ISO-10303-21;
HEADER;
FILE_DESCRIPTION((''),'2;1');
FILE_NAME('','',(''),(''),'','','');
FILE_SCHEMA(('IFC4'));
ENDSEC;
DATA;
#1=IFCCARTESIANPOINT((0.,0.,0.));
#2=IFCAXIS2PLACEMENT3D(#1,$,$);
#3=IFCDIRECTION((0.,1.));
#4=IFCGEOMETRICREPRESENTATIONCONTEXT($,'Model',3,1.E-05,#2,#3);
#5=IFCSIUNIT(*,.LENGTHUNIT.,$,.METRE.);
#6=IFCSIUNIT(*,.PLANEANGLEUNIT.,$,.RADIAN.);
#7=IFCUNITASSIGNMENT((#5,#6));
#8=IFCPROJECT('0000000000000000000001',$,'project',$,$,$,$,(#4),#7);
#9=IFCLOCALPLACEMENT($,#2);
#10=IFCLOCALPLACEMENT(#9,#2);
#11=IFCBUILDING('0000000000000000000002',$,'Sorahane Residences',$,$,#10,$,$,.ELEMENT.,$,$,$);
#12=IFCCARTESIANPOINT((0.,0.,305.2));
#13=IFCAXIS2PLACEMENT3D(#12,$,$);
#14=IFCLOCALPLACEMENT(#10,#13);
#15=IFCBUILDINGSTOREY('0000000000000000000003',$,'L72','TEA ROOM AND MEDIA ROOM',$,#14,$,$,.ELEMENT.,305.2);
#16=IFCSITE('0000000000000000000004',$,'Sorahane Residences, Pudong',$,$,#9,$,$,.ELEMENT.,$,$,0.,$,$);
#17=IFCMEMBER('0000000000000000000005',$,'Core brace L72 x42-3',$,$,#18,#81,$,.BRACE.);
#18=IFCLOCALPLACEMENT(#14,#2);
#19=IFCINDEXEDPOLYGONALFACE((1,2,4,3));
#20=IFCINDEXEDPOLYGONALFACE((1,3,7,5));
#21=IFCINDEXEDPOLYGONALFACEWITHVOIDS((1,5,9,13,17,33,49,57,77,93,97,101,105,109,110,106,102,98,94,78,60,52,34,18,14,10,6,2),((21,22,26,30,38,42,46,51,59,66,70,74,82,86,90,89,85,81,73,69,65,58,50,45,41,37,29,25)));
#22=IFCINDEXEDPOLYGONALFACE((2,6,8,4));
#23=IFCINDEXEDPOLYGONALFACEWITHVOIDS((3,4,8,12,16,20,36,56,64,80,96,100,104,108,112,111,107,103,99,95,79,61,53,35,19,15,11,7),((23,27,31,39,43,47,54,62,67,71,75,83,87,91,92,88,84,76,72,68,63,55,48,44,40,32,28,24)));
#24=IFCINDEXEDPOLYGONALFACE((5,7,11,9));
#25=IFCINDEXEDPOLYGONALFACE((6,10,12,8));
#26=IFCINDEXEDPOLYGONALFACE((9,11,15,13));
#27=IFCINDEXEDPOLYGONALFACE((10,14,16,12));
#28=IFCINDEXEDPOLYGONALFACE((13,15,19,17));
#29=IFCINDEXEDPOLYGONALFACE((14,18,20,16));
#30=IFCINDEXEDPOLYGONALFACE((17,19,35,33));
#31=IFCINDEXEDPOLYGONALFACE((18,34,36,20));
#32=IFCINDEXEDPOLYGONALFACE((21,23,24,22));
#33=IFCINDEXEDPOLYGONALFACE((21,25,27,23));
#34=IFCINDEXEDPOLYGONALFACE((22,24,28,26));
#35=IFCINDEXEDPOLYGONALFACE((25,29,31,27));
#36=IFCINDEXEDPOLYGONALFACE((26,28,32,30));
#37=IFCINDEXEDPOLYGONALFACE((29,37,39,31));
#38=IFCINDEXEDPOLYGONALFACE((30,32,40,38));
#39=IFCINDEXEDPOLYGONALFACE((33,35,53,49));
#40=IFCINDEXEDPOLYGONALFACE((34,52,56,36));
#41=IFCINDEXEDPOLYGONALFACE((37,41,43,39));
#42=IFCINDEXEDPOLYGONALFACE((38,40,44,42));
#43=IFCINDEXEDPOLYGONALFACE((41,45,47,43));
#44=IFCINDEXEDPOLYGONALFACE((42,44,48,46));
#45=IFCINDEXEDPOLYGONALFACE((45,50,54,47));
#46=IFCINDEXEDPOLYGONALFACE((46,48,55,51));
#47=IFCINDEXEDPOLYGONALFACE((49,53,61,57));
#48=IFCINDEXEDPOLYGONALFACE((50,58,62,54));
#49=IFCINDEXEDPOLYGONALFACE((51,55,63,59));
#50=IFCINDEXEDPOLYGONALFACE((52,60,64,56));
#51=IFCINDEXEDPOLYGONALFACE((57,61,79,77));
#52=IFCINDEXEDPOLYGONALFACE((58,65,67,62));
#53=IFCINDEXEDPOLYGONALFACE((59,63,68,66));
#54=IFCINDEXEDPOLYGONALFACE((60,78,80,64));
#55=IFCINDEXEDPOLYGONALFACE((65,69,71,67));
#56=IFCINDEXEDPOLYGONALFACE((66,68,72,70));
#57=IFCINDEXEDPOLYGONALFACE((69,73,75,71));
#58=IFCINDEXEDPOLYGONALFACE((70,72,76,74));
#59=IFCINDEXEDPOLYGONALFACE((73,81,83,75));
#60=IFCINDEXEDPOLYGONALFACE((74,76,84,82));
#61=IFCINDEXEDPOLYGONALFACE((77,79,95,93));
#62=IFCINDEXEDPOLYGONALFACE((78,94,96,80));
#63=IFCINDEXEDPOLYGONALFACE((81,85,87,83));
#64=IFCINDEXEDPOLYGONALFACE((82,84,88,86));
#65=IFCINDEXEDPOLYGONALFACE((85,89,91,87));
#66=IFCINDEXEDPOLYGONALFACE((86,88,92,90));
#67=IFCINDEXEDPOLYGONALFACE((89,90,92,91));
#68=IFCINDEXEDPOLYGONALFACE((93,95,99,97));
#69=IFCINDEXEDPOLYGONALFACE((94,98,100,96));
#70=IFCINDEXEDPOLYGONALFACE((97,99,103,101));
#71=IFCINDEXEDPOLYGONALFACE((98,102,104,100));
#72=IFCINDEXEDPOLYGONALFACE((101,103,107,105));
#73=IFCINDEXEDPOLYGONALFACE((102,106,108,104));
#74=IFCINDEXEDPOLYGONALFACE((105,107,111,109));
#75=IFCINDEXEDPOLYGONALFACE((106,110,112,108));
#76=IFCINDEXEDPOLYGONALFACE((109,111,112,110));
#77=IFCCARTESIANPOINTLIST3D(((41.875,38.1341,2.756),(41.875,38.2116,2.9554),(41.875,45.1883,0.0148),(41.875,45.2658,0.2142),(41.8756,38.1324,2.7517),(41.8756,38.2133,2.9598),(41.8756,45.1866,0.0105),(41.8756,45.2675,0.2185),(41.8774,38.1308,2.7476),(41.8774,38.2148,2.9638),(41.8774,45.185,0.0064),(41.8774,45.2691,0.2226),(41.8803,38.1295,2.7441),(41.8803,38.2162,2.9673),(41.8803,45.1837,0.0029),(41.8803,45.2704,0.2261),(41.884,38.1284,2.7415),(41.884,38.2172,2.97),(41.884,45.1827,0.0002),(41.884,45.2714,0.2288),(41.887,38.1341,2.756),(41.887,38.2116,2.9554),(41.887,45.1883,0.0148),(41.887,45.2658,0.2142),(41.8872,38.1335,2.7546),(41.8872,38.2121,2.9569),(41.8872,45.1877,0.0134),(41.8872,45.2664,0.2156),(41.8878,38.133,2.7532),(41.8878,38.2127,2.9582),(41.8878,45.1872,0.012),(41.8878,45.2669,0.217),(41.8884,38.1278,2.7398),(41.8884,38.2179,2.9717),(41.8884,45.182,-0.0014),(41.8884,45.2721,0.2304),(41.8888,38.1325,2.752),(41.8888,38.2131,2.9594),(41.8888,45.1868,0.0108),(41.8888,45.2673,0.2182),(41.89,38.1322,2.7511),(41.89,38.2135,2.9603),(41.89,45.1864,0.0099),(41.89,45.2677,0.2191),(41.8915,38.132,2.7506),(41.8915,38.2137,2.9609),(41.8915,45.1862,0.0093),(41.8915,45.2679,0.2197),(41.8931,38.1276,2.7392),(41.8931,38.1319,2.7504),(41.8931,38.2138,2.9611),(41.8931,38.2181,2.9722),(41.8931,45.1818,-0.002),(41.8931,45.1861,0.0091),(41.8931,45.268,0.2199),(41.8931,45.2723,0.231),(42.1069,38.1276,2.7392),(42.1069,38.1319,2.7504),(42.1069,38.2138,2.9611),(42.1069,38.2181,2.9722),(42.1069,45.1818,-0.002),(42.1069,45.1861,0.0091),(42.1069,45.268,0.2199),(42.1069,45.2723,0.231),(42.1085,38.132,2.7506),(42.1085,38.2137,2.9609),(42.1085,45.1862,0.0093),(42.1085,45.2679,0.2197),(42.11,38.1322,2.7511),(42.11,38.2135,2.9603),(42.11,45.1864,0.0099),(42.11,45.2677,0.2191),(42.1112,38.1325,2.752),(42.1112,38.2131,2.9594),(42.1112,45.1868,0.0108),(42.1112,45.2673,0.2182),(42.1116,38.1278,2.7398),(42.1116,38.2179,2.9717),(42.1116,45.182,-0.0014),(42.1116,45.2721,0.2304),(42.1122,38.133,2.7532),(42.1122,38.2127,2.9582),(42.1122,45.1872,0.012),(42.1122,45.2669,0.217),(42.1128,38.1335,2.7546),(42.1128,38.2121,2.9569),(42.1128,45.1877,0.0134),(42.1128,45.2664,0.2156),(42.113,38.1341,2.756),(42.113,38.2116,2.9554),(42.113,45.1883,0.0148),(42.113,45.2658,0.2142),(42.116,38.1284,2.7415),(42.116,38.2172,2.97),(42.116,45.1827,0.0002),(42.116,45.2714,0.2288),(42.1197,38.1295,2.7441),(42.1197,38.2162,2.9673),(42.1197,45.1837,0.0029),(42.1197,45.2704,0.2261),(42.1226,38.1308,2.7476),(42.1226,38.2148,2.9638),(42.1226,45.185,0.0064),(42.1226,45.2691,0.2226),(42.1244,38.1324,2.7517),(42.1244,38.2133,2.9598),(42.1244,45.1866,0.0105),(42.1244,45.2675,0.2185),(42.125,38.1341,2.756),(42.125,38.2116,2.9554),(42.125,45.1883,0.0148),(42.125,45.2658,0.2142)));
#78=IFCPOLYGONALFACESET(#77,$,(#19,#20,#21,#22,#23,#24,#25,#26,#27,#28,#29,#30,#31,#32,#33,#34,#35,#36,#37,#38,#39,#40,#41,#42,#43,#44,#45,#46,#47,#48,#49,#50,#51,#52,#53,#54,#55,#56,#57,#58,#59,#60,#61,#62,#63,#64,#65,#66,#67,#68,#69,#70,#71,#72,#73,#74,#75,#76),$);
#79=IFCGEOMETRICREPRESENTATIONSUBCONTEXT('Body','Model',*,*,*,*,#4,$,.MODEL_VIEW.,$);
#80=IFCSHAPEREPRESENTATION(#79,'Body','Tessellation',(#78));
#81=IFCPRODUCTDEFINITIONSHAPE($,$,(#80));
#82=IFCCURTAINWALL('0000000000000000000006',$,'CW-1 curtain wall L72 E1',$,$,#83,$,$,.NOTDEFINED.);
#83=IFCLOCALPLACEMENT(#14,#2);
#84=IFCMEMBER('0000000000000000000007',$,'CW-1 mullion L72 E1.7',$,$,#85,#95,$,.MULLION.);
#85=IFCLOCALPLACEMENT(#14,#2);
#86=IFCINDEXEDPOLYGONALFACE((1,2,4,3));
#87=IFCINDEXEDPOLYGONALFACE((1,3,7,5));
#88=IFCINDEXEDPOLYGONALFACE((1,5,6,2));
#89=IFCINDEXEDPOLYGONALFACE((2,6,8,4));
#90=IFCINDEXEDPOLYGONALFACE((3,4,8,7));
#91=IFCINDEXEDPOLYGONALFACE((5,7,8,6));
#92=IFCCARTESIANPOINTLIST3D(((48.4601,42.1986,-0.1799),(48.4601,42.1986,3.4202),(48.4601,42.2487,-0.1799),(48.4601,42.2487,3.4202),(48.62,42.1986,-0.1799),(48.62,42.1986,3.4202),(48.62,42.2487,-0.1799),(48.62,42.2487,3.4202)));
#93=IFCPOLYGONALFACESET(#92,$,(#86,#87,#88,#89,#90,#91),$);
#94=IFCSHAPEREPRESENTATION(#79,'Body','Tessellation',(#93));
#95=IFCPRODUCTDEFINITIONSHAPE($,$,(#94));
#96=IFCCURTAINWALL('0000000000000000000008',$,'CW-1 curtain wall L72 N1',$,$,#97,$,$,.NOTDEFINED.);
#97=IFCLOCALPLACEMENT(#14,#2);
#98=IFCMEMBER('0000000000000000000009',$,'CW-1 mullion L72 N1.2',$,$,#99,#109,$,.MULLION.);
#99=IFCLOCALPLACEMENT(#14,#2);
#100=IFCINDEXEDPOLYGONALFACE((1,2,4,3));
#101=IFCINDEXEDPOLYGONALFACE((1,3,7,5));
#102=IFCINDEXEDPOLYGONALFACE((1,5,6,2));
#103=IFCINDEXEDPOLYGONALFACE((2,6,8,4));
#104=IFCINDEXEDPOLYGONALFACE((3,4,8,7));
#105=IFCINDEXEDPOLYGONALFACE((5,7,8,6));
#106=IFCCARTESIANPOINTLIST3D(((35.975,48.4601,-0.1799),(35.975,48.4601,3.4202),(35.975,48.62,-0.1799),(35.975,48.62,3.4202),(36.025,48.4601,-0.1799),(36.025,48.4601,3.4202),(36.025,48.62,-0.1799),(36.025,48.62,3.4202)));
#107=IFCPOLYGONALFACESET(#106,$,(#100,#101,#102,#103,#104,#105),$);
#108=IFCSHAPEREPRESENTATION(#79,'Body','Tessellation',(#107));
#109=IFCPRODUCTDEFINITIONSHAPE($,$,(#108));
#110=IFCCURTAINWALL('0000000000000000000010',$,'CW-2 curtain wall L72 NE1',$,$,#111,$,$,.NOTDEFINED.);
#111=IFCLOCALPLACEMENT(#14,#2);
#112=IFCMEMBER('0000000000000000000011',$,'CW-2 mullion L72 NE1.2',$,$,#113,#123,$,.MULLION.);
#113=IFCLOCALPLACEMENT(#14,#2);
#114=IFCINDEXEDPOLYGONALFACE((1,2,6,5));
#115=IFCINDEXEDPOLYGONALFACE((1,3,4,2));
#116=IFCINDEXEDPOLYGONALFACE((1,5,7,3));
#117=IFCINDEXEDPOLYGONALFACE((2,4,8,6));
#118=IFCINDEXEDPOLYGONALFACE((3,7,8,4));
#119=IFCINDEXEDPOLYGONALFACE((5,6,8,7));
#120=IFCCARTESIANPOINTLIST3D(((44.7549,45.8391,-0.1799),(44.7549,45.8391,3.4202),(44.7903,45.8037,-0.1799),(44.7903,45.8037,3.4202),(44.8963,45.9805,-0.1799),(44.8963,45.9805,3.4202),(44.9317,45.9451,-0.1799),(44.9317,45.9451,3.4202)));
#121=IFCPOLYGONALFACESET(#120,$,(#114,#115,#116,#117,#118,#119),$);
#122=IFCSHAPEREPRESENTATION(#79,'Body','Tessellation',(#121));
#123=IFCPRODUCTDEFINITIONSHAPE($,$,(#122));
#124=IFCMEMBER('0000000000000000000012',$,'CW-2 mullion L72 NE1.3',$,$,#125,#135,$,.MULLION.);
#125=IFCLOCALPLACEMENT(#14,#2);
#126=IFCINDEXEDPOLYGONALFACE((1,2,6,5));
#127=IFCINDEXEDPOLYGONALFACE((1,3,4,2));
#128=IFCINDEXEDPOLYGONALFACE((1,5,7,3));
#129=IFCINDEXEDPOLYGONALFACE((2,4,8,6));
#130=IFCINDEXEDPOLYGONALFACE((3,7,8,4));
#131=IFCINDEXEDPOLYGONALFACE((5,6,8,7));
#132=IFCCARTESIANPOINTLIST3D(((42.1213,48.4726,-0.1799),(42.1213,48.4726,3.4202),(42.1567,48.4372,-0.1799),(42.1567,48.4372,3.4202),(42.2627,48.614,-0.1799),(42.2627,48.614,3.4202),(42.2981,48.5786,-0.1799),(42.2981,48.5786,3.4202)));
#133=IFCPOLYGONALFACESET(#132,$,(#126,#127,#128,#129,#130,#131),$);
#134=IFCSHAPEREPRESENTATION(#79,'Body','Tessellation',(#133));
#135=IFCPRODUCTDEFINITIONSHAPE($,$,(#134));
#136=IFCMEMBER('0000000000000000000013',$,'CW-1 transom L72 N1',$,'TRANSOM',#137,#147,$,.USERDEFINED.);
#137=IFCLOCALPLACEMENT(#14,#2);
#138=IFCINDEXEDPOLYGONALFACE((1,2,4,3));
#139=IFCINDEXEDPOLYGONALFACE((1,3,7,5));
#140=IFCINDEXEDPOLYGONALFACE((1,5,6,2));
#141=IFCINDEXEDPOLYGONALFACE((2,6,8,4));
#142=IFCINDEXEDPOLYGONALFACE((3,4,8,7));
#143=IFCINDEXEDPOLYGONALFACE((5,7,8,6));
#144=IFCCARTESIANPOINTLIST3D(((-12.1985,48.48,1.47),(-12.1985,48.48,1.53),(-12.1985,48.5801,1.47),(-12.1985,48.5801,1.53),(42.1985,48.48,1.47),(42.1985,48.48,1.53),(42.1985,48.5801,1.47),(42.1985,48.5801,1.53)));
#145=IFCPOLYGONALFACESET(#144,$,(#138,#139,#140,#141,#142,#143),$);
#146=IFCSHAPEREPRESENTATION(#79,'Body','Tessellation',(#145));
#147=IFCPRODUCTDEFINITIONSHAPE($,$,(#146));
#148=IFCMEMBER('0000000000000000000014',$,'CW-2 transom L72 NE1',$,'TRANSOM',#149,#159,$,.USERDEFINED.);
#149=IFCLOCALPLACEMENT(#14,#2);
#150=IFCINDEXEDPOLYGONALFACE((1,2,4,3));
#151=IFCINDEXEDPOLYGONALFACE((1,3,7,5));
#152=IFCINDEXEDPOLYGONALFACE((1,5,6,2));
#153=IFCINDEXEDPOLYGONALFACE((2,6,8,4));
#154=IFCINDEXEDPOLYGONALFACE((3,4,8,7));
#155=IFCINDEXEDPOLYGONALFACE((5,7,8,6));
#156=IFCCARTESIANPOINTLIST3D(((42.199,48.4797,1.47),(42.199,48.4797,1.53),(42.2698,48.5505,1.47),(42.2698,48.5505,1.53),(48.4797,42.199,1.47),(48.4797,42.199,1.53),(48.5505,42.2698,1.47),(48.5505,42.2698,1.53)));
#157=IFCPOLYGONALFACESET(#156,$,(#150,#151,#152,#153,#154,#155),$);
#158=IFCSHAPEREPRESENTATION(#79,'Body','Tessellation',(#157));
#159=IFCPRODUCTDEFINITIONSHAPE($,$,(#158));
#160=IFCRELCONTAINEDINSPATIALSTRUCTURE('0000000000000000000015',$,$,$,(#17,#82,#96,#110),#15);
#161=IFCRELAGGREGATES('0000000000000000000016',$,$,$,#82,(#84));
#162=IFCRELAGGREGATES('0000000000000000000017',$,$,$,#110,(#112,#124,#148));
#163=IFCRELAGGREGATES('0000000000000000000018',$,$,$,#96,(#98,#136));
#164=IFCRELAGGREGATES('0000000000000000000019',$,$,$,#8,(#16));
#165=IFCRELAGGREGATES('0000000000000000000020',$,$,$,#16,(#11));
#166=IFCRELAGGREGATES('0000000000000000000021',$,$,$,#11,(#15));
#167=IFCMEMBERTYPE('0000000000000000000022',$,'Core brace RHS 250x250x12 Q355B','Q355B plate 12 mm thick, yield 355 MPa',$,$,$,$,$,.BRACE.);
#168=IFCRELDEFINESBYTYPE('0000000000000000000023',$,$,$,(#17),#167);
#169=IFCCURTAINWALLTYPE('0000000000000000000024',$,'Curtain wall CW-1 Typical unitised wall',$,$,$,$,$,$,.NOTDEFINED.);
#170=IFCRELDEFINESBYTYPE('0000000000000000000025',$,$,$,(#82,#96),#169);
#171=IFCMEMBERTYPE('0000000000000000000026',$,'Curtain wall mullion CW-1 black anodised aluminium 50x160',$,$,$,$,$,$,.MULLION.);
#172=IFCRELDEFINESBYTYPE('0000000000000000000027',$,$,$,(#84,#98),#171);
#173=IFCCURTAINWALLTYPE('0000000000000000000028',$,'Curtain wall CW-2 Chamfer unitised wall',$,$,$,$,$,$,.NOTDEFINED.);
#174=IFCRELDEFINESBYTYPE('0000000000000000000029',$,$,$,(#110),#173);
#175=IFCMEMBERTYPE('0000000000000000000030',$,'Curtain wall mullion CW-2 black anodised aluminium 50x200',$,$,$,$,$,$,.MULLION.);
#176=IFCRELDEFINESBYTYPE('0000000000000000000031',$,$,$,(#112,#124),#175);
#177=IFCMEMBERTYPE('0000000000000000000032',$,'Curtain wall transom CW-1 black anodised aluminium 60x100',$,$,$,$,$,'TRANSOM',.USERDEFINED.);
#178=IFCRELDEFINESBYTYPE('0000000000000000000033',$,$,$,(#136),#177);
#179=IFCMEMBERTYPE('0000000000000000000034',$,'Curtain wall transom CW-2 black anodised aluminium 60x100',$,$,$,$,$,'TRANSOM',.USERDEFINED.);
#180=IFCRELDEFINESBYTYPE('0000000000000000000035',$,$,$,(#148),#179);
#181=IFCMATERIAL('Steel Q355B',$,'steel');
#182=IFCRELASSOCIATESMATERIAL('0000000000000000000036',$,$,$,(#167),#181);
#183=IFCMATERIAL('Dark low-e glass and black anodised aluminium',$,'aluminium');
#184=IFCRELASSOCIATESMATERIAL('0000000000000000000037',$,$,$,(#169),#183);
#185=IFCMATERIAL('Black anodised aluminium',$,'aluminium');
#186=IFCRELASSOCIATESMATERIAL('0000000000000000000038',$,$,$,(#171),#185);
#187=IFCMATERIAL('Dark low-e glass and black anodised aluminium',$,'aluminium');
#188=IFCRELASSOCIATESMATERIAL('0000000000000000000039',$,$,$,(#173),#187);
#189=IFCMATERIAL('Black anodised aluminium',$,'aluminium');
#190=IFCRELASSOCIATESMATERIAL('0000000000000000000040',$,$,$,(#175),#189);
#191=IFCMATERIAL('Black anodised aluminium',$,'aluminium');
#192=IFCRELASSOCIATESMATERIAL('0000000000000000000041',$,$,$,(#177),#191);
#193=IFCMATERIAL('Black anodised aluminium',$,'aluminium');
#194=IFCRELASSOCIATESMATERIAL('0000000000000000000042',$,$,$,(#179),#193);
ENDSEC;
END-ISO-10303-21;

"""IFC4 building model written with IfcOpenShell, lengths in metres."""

from ifc_helpers import new_model, si_unit, direction, frame, origin, origin_2d, place, context, subcontext, project, spatial, rectangle, hollow_rectangle, extrude, material, material_profile, profile_set, type_object, element, aggregate, save


model = new_model("IFC4")

# Units and contexts
model_context = context("Model", 3, precision=1e-05, world=origin(), true_north=direction((0.0, 1.0)))
body_context = subcontext(model_context, "Body", "Model", "MODEL_VIEW")
ifc_project = project(units=[si_unit("LENGTHUNIT", "METRE"), si_unit("PLANEANGLEUNIT", "RADIAN")], contexts=[model_context])

# Site, building, storey
site_placement = place(None, origin())
site = spatial("IfcSite", under=ifc_project, at=site_placement, Name="Sorahane Residences, Pudong", CompositionType="ELEMENT", RefElevation=0.0)
building_placement = place(site_placement, origin())
building = spatial("IfcBuilding", under=site, at=building_placement, Name="Sorahane Residences", CompositionType="ELEMENT")
storey_placement = place(building_placement, frame((0.0, 0.0, 305.2)))
storey = spatial("IfcBuildingStorey", under=building, at=storey_placement, Name="L72", Description="TEA ROOM AND MEDIA ROOM", CompositionType="ELEMENT", Elevation=305.2)

# Member
ifc_material_1 = material(Name="Steel Q355B", Category="steel")
ifc_material_profile_1 = material_profile(ifc_material_1, hollow_rectangle(XDim=0.25, YDim=0.25, WallThickness=0.012, InnerFilletRadius=0.0061, OuterFilletRadius=0.0181, at=origin_2d()), Name="RHS 250x250x12")
ifc_profile_set_1 = profile_set([ifc_material_profile_1], Name="Steel Q355B")
member_type_1 = type_object("IfcMemberType", Name="Core brace RHS 250x250x12 Q355B", Description="Q355B plate 12 mm thick, yield 355 MPa", PredefinedType="BRACE", material=ifc_profile_set_1)
member_1_placement = place(storey_placement, frame((42.0, 45.2271, 0.1145), z_axis=(0.0, -0.932098, 0.362207), x_axis=(1.0, 0.0, 0.0)))
element("IfcMember", 1, at=member_1_placement, inside=storey, type_object=member_type_1, Name="Core brace L72 x42-3", PredefinedType="BRACE", context=body_context, shape_type="SweptSolid", body=[
    extrude(hollow_rectangle(XDim=0.25, YDim=0.25, WallThickness=0.012, InnerFilletRadius=0.0061, OuterFilletRadius=0.0181, at=origin_2d()), origin(), (0.0, 0.0, 1.0), 7.5681),
])

# Curtain walls, members
ifc_material_2 = material(Name="Dark low-e glass and black anodised aluminium", Category="aluminium")
curtain_wall_type_1 = type_object("IfcCurtainWallType", Name="Curtain wall CW-1 Typical unitised wall", PredefinedType="NOTDEFINED", material=ifc_material_2)
curtain_wall_1_placement = place(storey_placement, origin())
curtain_wall_1 = element("IfcCurtainWall", 2, at=curtain_wall_1_placement, inside=storey, type_object=curtain_wall_type_1, Name="CW-1 curtain wall L72 E1", PredefinedType="NOTDEFINED")
ifc_material_3 = material(Name="Black anodised aluminium", Category="aluminium")
ifc_material_profile_2 = material_profile(ifc_material_3, rectangle(XDim=0.1599, YDim=0.05, at=origin_2d()), Name="Curtain wall mullion CW-1 black anodised aluminium 50x160")
ifc_profile_set_2 = profile_set([ifc_material_profile_2], Name="Black anodised aluminium")
member_type_2 = type_object("IfcMemberType", Name="Curtain wall mullion CW-1 black anodised aluminium 50x160", PredefinedType="MULLION", material=ifc_profile_set_2)
member_2_placement = place(storey_placement, frame((48.54, 42.2236, -0.1799), z_axis=(0.0, 0.0, 1.0), x_axis=(1.0, 0.0, 0.0)))
member_2 = element("IfcMember", 3, at=member_2_placement, type_object=member_type_2, Name="CW-1 mullion L72 E1.7", PredefinedType="MULLION", context=body_context, shape_type="SweptSolid", body=[
    extrude(rectangle(XDim=0.1599, YDim=0.05, at=origin_2d()), origin(), (0.0, 0.0, 1.0), 3.6001),
])
aggregate(curtain_wall_1, [member_2])
curtain_wall_2_placement = place(storey_placement, origin())
curtain_wall_2 = element("IfcCurtainWall", 4, at=curtain_wall_2_placement, inside=storey, type_object=curtain_wall_type_1, Name="CW-1 curtain wall L72 N1", PredefinedType="NOTDEFINED")
member_3_placement = place(storey_placement, frame((36.0, 48.54, -0.1799), z_axis=(0.0, 0.0, 1.0), x_axis=(0.0, 1.0, 0.0)))
member_3 = element("IfcMember", 5, at=member_3_placement, type_object=member_type_2, Name="CW-1 mullion L72 N1.2", PredefinedType="MULLION", context=body_context, shape_type="SweptSolid", body=[
    extrude(rectangle(XDim=0.1599, YDim=0.05, at=origin_2d()), origin(), (0.0, 0.0, 1.0), 3.6001),
])

# Curtain wall, members
ifc_material_4 = material(Name="Dark low-e glass and black anodised aluminium", Category="aluminium")
curtain_wall_type_2 = type_object("IfcCurtainWallType", Name="Curtain wall CW-2 Chamfer unitised wall", PredefinedType="NOTDEFINED", material=ifc_material_4)
curtain_wall_3_placement = place(storey_placement, origin())
curtain_wall_3 = element("IfcCurtainWall", 6, at=curtain_wall_3_placement, inside=storey, type_object=curtain_wall_type_2, Name="CW-2 curtain wall L72 NE1", PredefinedType="NOTDEFINED")
ifc_material_5 = material(Name="Black anodised aluminium", Category="aluminium")
ifc_material_profile_3 = material_profile(ifc_material_5, rectangle(XDim=0.2, YDim=0.05, at=origin_2d()), Name="Curtain wall mullion CW-2 black anodised aluminium 50x200")
ifc_profile_set_3 = profile_set([ifc_material_profile_3], Name="Black anodised aluminium")
member_type_3 = type_object("IfcMemberType", Name="Curtain wall mullion CW-2 black anodised aluminium 50x200", PredefinedType="MULLION", material=ifc_profile_set_3)
member_4_placement = place(storey_placement, frame((44.8433, 45.8921, -0.1799), z_axis=(0.0, 0.0, 1.0), x_axis=(0.707107, 0.707107, 0.0)))
member_4 = element("IfcMember", 7, at=member_4_placement, type_object=member_type_3, Name="CW-2 mullion L72 NE1.2", PredefinedType="MULLION", context=body_context, shape_type="SweptSolid", body=[
    extrude(rectangle(XDim=0.2, YDim=0.05, at=origin_2d()), origin(), (0.0, 0.0, 1.0), 3.6001),
])
member_5_placement = place(storey_placement, frame((42.2097, 48.5256, -0.1799), z_axis=(0.0, 0.0, 1.0), x_axis=(0.707107, 0.707107, 0.0)))
member_5 = element("IfcMember", 8, at=member_5_placement, type_object=member_type_3, Name="CW-2 mullion L72 NE1.3", PredefinedType="MULLION", context=body_context, shape_type="SweptSolid", body=[
    extrude(rectangle(XDim=0.2, YDim=0.05, at=origin_2d()), origin(), (0.0, 0.0, 1.0), 3.6001),
])

# Members
ifc_material_6 = material(Name="Black anodised aluminium", Category="aluminium")
ifc_material_profile_4 = material_profile(ifc_material_6, rectangle(XDim=0.1001, YDim=0.0601, at=origin_2d()), Name="Curtain wall transom CW-1 black anodised aluminium 60x100")
ifc_profile_set_4 = profile_set([ifc_material_profile_4], Name="Black anodised aluminium")
member_type_4 = type_object("IfcMemberType", Name="Curtain wall transom CW-1 black anodised aluminium 60x100", ElementType="TRANSOM", PredefinedType="USERDEFINED", material=ifc_profile_set_4)
member_6_placement = place(storey_placement, frame((42.1985, 48.53, 1.5), z_axis=(-1.0, 0.0, 0.0), x_axis=(0.0, -1.0, 0.0)))
member_6 = element("IfcMember", 9, at=member_6_placement, type_object=member_type_4, Name="CW-1 transom L72 N1", ObjectType="TRANSOM", PredefinedType="USERDEFINED", context=body_context, shape_type="SweptSolid", body=[
    extrude(rectangle(XDim=0.1001, YDim=0.0601, at=origin_2d()), origin(), (0.0, 0.0, 1.0), 54.397),
])
ifc_material_7 = material(Name="Black anodised aluminium", Category="aluminium")
ifc_material_profile_5 = material_profile(ifc_material_7, rectangle(XDim=0.1001, YDim=0.0601, at=origin_2d()), Name="Curtain wall transom CW-2 black anodised aluminium 60x100")
ifc_profile_set_5 = profile_set([ifc_material_profile_5], Name="Black anodised aluminium")
member_type_5 = type_object("IfcMemberType", Name="Curtain wall transom CW-2 black anodised aluminium 60x100", ElementType="TRANSOM", PredefinedType="USERDEFINED", material=ifc_profile_set_5)
member_7_placement = place(storey_placement, frame((48.5151, 42.2344, 1.5), z_axis=(-0.707107, 0.707107, 0.0), x_axis=(-0.707107, -0.707107, 0.0)))
member_7 = element("IfcMember", 10, at=member_7_placement, type_object=member_type_5, Name="CW-2 transom L72 NE1", ObjectType="TRANSOM", PredefinedType="USERDEFINED", context=body_context, shape_type="SweptSolid", body=[
    extrude(rectangle(XDim=0.1001, YDim=0.0601, at=origin_2d()), origin(), (0.0, 0.0, 1.0), 8.8823),
])

aggregate(curtain_wall_3, [member_4, member_5, member_7])
aggregate(curtain_wall_2, [member_3, member_6])

save(model, "model.ifc")
